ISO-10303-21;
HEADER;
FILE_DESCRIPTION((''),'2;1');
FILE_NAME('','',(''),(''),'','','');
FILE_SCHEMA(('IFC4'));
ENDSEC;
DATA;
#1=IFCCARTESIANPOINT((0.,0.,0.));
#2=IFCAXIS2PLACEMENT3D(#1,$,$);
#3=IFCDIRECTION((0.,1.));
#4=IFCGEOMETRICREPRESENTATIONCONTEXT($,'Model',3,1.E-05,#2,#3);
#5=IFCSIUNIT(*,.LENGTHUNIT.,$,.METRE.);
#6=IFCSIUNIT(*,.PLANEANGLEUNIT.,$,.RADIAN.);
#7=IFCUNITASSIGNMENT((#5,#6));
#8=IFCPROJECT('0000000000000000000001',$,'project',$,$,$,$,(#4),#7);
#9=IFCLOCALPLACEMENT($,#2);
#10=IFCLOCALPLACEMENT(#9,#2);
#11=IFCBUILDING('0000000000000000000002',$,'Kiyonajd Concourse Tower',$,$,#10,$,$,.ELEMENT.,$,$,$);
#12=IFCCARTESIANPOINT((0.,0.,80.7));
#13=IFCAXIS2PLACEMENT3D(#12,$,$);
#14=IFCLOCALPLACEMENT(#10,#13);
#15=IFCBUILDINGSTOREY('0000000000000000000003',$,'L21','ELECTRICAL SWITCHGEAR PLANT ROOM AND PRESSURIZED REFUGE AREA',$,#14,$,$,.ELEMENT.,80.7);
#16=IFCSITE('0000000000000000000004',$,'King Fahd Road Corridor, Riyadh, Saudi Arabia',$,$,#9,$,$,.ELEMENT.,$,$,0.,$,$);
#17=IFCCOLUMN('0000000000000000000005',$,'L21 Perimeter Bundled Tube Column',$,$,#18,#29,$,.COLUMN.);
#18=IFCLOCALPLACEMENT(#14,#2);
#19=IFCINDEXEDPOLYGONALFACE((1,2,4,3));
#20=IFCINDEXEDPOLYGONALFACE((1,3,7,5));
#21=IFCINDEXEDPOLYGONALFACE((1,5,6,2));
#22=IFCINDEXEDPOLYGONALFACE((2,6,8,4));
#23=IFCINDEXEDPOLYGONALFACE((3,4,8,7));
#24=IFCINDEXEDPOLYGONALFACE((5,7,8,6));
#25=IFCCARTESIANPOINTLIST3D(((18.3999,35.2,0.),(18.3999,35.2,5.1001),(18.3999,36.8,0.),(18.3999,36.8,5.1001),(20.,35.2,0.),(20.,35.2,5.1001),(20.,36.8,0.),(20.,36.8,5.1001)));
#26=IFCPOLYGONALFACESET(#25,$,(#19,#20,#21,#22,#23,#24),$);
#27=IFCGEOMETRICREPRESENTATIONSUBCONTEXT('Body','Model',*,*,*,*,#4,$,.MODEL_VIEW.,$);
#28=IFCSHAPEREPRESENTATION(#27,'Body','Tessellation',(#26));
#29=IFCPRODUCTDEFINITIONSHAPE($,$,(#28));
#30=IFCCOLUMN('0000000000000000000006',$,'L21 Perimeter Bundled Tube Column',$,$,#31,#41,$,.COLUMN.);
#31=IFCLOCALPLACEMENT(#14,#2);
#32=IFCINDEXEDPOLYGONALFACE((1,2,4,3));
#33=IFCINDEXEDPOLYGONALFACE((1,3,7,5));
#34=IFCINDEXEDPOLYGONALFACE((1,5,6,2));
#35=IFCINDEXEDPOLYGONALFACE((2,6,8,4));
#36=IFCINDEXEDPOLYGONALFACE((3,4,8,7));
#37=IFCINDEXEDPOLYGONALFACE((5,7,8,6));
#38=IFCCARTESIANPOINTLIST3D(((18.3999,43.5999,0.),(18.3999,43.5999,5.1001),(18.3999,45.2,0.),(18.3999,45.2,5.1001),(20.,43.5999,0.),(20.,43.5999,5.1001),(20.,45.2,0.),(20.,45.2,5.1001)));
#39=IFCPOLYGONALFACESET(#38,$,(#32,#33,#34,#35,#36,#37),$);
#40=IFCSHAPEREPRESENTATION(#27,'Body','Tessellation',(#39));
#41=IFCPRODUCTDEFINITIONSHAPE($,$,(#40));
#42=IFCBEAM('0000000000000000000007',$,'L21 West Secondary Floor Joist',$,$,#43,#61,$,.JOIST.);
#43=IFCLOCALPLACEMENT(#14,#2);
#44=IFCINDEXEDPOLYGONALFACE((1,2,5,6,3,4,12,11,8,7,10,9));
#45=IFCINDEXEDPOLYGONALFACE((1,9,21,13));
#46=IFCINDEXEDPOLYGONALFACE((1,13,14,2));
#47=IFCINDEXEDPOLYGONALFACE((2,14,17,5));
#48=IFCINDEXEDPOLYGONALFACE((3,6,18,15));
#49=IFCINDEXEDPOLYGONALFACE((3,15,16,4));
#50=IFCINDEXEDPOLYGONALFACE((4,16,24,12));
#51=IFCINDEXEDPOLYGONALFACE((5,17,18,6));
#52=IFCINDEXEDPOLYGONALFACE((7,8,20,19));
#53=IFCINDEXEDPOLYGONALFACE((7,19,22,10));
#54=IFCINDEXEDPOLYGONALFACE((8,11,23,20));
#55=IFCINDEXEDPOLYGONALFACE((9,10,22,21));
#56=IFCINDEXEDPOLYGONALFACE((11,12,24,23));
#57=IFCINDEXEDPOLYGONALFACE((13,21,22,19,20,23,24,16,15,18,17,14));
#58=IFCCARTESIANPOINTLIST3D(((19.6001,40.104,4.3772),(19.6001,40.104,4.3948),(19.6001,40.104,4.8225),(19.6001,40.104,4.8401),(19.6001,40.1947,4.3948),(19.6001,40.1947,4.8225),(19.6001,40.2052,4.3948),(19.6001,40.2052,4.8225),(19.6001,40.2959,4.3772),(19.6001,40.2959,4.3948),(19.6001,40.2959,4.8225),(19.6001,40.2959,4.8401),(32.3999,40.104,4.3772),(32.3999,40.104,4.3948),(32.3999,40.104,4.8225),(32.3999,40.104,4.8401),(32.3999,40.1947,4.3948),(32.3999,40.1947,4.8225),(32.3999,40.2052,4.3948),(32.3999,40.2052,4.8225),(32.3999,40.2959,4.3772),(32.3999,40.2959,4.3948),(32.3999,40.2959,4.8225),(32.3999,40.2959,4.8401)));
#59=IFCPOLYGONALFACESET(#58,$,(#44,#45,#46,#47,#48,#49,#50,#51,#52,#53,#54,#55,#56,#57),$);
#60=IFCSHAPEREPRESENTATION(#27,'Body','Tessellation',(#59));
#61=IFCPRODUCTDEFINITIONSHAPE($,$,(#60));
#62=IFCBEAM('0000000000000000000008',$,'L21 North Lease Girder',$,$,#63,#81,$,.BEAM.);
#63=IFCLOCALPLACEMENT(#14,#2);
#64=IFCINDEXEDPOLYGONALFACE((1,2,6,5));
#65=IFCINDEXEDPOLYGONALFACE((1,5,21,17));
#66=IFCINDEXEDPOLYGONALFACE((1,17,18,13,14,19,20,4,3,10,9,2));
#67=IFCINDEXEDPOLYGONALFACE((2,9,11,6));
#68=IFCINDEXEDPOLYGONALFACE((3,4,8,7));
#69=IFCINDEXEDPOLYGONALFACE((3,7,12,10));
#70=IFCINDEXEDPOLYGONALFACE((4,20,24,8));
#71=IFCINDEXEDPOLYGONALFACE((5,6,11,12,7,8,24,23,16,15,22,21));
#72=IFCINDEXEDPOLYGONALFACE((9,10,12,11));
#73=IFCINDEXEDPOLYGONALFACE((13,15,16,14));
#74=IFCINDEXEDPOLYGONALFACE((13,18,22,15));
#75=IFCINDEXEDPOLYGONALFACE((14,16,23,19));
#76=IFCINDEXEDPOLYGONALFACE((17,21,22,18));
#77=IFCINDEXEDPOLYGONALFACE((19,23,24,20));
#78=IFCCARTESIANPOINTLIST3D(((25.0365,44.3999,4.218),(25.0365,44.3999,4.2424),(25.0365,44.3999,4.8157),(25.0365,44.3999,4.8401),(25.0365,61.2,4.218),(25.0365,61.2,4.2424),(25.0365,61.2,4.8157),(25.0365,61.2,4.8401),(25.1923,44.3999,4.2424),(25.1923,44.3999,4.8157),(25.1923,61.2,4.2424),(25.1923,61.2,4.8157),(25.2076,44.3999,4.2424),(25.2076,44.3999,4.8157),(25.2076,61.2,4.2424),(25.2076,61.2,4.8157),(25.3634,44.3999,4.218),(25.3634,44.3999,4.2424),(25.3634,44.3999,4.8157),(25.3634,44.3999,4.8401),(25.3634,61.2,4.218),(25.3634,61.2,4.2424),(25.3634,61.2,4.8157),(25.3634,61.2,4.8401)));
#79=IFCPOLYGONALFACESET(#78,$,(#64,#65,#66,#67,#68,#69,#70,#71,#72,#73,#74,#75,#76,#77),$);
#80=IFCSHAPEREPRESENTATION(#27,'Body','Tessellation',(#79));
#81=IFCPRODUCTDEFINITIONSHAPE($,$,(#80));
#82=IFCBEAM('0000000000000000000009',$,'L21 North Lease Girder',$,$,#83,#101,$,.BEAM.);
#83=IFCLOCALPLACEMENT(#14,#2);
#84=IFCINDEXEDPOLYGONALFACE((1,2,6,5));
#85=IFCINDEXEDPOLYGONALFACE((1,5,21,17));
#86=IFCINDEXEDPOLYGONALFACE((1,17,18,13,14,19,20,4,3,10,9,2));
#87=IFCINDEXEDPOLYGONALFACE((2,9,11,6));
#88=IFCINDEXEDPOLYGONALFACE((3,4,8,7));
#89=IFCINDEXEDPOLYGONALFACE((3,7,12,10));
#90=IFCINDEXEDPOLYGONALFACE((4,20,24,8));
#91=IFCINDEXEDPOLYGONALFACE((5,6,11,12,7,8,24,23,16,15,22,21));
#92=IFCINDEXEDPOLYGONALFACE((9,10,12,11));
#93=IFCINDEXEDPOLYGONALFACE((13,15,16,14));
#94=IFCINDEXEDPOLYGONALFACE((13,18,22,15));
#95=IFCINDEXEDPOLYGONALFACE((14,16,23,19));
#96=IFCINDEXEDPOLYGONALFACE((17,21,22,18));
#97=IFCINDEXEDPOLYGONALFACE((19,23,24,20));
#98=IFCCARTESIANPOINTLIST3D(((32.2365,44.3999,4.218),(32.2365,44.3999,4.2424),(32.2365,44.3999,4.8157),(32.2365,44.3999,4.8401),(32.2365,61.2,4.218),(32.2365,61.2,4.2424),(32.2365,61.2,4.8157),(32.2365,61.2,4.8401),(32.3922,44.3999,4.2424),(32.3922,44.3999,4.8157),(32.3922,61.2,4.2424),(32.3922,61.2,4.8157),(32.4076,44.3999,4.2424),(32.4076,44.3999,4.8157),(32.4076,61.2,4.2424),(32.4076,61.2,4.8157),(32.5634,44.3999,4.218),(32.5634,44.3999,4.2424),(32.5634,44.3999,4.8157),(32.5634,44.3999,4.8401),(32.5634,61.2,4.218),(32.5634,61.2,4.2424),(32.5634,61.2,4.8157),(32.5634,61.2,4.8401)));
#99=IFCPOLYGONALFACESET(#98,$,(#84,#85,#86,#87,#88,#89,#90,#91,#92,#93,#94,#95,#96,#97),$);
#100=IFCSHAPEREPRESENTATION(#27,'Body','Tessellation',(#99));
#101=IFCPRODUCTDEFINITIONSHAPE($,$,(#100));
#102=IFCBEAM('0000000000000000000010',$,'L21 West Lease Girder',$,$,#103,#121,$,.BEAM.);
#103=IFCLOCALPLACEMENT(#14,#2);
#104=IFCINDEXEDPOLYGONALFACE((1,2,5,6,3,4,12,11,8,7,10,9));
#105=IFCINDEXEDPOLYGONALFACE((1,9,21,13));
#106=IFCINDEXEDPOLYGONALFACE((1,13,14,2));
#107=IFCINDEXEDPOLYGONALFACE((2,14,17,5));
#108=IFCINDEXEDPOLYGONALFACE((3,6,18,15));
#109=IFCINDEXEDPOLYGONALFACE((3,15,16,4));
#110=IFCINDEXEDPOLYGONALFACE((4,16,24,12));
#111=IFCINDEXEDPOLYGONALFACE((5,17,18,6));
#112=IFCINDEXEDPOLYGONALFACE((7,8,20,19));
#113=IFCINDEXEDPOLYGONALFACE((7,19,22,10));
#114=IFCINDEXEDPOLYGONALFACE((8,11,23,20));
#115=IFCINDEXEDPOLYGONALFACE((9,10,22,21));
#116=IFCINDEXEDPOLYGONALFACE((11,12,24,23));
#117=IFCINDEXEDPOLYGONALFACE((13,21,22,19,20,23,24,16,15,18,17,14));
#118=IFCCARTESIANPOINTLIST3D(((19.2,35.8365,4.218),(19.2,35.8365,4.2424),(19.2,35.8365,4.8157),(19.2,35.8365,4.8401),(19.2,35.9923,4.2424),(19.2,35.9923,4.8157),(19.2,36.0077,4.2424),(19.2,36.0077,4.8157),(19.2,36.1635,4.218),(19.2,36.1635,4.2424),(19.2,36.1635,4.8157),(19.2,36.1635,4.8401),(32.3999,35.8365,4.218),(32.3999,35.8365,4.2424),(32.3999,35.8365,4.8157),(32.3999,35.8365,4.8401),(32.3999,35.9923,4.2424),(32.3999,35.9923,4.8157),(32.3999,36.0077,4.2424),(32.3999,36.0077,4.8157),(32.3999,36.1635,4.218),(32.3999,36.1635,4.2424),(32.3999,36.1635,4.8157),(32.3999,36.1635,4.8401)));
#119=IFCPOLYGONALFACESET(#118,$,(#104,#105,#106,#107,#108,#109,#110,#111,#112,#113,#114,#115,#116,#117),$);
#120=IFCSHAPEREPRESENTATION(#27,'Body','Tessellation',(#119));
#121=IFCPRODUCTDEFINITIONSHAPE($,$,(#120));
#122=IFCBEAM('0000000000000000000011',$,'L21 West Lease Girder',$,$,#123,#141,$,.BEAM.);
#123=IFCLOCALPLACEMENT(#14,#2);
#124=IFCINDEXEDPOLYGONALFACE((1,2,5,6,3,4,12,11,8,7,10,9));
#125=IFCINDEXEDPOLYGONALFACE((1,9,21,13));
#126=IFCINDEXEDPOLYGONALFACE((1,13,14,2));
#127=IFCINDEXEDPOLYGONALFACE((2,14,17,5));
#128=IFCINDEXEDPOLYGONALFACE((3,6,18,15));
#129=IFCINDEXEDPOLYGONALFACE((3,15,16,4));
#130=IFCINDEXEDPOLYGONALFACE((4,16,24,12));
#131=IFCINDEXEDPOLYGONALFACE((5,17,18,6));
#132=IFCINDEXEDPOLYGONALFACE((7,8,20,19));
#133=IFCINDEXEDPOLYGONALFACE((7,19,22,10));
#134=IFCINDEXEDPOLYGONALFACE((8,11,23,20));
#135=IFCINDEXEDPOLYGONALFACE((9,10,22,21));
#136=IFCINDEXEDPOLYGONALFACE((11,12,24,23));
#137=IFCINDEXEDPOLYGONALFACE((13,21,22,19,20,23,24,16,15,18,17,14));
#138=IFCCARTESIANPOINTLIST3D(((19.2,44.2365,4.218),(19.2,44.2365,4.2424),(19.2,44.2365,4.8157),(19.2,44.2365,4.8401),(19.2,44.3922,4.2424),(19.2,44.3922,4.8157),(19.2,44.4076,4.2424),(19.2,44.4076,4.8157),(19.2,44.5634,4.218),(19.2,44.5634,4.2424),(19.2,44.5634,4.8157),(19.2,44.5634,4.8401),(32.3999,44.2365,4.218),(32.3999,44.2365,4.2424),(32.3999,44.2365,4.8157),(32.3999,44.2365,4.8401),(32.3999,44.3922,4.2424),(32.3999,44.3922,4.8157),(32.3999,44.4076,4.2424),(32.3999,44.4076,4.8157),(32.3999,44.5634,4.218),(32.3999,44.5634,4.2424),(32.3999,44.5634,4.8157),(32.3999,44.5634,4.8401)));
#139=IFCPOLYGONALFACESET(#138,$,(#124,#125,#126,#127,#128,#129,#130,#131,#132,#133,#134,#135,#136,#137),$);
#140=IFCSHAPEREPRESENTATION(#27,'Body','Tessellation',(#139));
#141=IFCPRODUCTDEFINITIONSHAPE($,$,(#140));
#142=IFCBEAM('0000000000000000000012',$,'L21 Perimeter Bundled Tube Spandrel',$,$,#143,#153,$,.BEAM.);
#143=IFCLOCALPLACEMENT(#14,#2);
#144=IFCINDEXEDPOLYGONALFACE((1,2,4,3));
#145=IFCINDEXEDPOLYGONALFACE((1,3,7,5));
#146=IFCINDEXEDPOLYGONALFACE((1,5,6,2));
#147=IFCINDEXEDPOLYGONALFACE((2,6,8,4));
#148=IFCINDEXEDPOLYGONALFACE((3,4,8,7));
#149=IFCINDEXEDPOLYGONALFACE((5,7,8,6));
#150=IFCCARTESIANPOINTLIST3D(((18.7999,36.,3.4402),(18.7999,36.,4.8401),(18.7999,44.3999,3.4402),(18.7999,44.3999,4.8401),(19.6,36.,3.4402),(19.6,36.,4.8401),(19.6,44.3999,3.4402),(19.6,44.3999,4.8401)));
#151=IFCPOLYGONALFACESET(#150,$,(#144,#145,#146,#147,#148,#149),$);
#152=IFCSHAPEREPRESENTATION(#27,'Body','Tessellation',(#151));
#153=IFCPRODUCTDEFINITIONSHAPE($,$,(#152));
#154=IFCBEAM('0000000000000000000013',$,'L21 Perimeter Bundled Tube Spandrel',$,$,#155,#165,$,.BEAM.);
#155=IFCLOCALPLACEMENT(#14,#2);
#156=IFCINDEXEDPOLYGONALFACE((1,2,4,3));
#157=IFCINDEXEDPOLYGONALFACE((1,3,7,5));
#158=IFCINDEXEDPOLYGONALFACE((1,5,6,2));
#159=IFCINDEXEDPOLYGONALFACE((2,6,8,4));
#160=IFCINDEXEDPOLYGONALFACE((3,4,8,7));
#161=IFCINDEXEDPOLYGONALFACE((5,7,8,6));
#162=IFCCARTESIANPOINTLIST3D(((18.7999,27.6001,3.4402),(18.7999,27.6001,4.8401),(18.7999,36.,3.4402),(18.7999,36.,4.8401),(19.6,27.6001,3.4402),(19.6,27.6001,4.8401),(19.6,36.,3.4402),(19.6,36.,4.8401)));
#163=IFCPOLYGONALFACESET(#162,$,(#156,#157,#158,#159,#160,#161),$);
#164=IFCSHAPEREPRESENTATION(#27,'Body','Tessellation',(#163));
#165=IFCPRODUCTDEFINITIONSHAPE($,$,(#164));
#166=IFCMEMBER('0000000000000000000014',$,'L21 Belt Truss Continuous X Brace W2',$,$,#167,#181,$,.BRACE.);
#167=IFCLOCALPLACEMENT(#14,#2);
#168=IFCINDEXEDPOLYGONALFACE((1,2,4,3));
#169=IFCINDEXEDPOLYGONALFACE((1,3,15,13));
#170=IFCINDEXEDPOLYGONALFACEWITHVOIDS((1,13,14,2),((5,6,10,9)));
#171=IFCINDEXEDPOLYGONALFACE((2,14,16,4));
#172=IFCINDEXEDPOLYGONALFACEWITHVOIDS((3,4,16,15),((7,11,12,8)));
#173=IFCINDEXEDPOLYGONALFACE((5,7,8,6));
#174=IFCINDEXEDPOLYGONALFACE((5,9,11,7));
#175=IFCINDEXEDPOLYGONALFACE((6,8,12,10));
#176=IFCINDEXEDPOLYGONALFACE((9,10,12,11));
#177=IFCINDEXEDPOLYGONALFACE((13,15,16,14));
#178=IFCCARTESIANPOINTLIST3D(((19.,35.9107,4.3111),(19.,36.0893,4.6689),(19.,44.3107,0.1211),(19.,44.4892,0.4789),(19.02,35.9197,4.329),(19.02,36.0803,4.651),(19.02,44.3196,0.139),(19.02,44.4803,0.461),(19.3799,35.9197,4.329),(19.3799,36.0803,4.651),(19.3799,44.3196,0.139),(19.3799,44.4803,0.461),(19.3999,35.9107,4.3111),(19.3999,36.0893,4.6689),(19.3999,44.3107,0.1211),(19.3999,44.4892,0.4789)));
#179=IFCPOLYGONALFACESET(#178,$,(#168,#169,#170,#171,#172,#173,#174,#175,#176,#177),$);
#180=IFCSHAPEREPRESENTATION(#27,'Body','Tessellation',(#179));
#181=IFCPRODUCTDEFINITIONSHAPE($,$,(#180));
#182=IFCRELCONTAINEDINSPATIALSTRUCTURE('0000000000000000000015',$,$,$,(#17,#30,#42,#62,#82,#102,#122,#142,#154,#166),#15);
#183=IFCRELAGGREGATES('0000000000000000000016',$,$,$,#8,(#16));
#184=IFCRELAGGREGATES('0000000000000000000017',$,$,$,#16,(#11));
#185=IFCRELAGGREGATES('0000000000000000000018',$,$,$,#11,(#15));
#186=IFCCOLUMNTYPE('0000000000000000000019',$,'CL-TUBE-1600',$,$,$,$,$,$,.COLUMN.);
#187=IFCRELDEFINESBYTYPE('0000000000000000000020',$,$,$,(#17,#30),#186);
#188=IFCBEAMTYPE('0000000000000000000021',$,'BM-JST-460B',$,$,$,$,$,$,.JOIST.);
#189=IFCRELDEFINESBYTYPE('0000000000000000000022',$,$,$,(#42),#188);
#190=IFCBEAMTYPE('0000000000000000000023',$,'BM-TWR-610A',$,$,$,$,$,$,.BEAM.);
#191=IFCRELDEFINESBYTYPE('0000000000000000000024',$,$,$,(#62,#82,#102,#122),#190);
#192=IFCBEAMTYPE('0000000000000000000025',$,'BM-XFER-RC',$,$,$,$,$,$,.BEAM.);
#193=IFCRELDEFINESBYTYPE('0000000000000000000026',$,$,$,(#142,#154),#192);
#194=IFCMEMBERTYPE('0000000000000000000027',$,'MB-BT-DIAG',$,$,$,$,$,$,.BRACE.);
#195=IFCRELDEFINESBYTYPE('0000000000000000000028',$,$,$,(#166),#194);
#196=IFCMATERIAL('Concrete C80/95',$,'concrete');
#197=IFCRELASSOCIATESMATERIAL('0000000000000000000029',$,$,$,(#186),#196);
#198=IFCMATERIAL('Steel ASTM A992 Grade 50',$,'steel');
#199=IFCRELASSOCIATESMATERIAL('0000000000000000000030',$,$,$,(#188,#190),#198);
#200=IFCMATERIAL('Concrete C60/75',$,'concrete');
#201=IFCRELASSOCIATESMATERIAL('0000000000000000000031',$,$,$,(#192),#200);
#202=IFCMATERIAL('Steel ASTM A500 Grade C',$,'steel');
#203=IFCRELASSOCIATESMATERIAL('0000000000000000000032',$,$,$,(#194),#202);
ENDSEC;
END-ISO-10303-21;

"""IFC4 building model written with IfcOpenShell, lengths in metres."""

from ifc_helpers import new_model, si_unit, direction, frame, origin, origin_2d, place, context, subcontext, project, spatial, rectangle, hollow_rectangle, i_section, extrude, material, material_profile, profile_set, type_object, element, save


model = new_model("IFC4")

# Units and contexts
model_context = context("Model", 3, precision=1e-05, world=origin(), true_north=direction((0.0, 1.0)))
body_context = subcontext(model_context, "Body", "Model", "MODEL_VIEW")
ifc_project = project(units=[si_unit("LENGTHUNIT", "METRE"), si_unit("PLANEANGLEUNIT", "RADIAN")], contexts=[model_context])

# Site, building, storey
site_placement = place(None, origin())
site = spatial("IfcSite", under=ifc_project, at=site_placement, Name="King Fahd Road Corridor, Riyadh, Saudi Arabia", CompositionType="ELEMENT", RefElevation=0.0)
building_placement = place(site_placement, origin())
building = spatial("IfcBuilding", under=site, at=building_placement, Name="Kiyonajd Concourse Tower", CompositionType="ELEMENT")
storey_placement = place(building_placement, frame((0.0, 0.0, 80.7)))
storey = spatial("IfcBuildingStorey", under=building, at=storey_placement, Name="L21", Description="ELECTRICAL SWITCHGEAR PLANT ROOM AND PRESSURIZED REFUGE AREA", CompositionType="ELEMENT", Elevation=80.7)

# Columns
ifc_material_1 = material(Name="Concrete C80/95", Category="concrete")
ifc_material_profile_1 = material_profile(ifc_material_1, rectangle(XDim=1.6001, YDim=1.6001, at=origin_2d()), Name="RC-1600x1600")
ifc_profile_set_1 = profile_set([ifc_material_profile_1], Name="Concrete C80/95")
column_type = type_object("IfcColumnType", Name="CL-TUBE-1600", PredefinedType="COLUMN", material=ifc_profile_set_1)
for number, where, z_axis, x_axis, name in (
    (1, (19.2, 36.0, 0.0), (0.0, 0.0, 1.0), (1.0, 0.0, 0.0), "L21 Perimeter Bundled Tube Column"),
    (2, (19.2, 44.3999, 0.0), (0.0, 0.0, 1.0), (1.0, 0.0, 0.0), "L21 Perimeter Bundled Tube Column"),
):
    element("IfcColumn", number, at=place(storey_placement, frame(where, z_axis=z_axis, x_axis=x_axis)), inside=storey, type_object=column_type, Name=name, PredefinedType="COLUMN", context=body_context, shape_type="SweptSolid", body=[
        extrude(rectangle(XDim=1.6001, YDim=1.6001, at=origin_2d()), origin(), (0.0, 0.0, 1.0), 5.1001),
    ])

# Beams
ifc_material_2 = material(Name="Steel ASTM A992 Grade 50", Category="steel")
ifc_material_profile_2 = material_profile(ifc_material_2, i_section(OverallWidth=0.1919, OverallDepth=0.4629, WebThickness=0.0105, FlangeThickness=0.0176, at=origin_2d()), Name="W460X89")
ifc_profile_set_2 = profile_set([ifc_material_profile_2], Name="Steel ASTM A992 Grade 50")
beam_type_1 = type_object("IfcBeamType", Name="BM-JST-460B", PredefinedType="JOIST", material=ifc_profile_set_2)
beam_placement = place(storey_placement, frame((19.6001, 40.2, 4.6086), z_axis=(1.0, 0.0, 0.0), x_axis=(0.0, 1.0, 0.0)))
element("IfcBeam", 3, at=beam_placement, inside=storey, type_object=beam_type_1, Name="L21 West Secondary Floor Joist", PredefinedType="JOIST", context=body_context, shape_type="SweptSolid", body=[
    extrude(i_section(OverallWidth=0.1919, OverallDepth=0.4629, WebThickness=0.0105, FlangeThickness=0.0176, at=origin_2d()), origin(), (0.0, 0.0, 1.0), 12.7998),
])
ifc_material_profile_3 = material_profile(ifc_material_2, i_section(OverallWidth=0.3269, OverallDepth=0.6221, WebThickness=0.0154, FlangeThickness=0.0244, at=origin_2d()), Name="W610X195")
ifc_profile_set_3 = profile_set([ifc_material_profile_3], Name="Steel ASTM A992 Grade 50")
beam_type_2 = type_object("IfcBeamType", Name="BM-TWR-610A", PredefinedType="BEAM", material=ifc_profile_set_3)
for number, where, z_axis, x_axis, name in (
    (4, (25.2, 44.3999, 4.5291), (0.0, 1.0, 0.0), (-1.0, 0.0, 0.0), "L21 North Lease Girder"),
    (5, (32.3999, 44.3999, 4.5291), (0.0, 1.0, 0.0), (-1.0, 0.0, 0.0), "L21 North Lease Girder"),
):
    element("IfcBeam", number, at=place(storey_placement, frame(where, z_axis=z_axis, x_axis=x_axis)), inside=storey, type_object=beam_type_2, Name=name, PredefinedType="BEAM", context=body_context, shape_type="SweptSolid", body=[
        extrude(i_section(OverallWidth=0.3269, OverallDepth=0.6221, WebThickness=0.0154, FlangeThickness=0.0244, at=origin_2d()), origin(), (0.0, 0.0, 1.0), 16.8),
    ])
for number, where, z_axis, x_axis, name in (
    (6, (19.2, 36.0, 4.5291), (1.0, 0.0, 0.0), (0.0, 1.0, 0.0), "L21 West Lease Girder"),
    (7, (19.2, 44.3999, 4.5291), (1.0, 0.0, 0.0), (0.0, 1.0, 0.0), "L21 West Lease Girder"),
):
    element("IfcBeam", number, at=place(storey_placement, frame(where, z_axis=z_axis, x_axis=x_axis)), inside=storey, type_object=beam_type_2, Name=name, PredefinedType="BEAM", context=body_context, shape_type="SweptSolid", body=[
        extrude(i_section(OverallWidth=0.3269, OverallDepth=0.6221, WebThickness=0.0154, FlangeThickness=0.0244, at=origin_2d()), origin(), (0.0, 0.0, 1.0), 13.2),
    ])
ifc_material_3 = material(Name="Concrete C60/75", Category="concrete")
ifc_material_profile_4 = material_profile(ifc_material_3, rectangle(XDim=0.8, YDim=1.3999, at=origin_2d()), Name="RCBM-800x1400")
ifc_profile_set_4 = profile_set([ifc_material_profile_4], Name="Concrete C60/75")
beam_type_3 = type_object("IfcBeamType", Name="BM-XFER-RC", PredefinedType="BEAM", material=ifc_profile_set_4)
for number, where, z_axis, x_axis, name in (
    (8, (19.2, 44.3999, 4.1401), (0.0, -1.0, 0.0), (1.0, 0.0, 0.0), "L21 Perimeter Bundled Tube Spandrel"),
    (9, (19.2, 36.0, 4.1401), (0.0, -1.0, 0.0), (1.0, 0.0, 0.0), "L21 Perimeter Bundled Tube Spandrel"),
):
    element("IfcBeam", number, at=place(storey_placement, frame(where, z_axis=z_axis, x_axis=x_axis)), inside=storey, type_object=beam_type_3, Name=name, PredefinedType="BEAM", context=body_context, shape_type="SweptSolid", body=[
        extrude(rectangle(XDim=0.8, YDim=1.3999, at=origin_2d()), origin(), (0.0, 0.0, 1.0), 8.3999),
    ])

# Member
ifc_material_4 = material(Name="Steel ASTM A500 Grade C", Category="steel")
ifc_material_profile_5 = material_profile(ifc_material_4, hollow_rectangle(XDim=0.3999, YDim=0.3999, WallThickness=0.02, at=origin_2d()), Name="HSS-400x400x20")
ifc_profile_set_5 = profile_set([ifc_material_profile_5], Name="Steel ASTM A500 Grade C")
member_type_1 = type_object("IfcMemberType", Name="MB-BT-DIAG", PredefinedType="BRACE", material=ifc_profile_set_5)
member_1_placement = place(storey_placement, frame((19.2, 36.0, 4.49), z_axis=(0.0, 0.894853, -0.44636), x_axis=(-1.0, 0.0, 0.0)))
element("IfcMember", 10, at=member_1_placement, inside=storey, type_object=member_type_1, Name="L21 Belt Truss Continuous X Brace W2", PredefinedType="BRACE", context=body_context, shape_type="SweptSolid", body=[
    extrude(hollow_rectangle(XDim=0.3999, YDim=0.3999, WallThickness=0.02, at=origin_2d()), origin(), (0.0, 0.0, 1.0), 9.387),
])

save(model, "model.ifc")
